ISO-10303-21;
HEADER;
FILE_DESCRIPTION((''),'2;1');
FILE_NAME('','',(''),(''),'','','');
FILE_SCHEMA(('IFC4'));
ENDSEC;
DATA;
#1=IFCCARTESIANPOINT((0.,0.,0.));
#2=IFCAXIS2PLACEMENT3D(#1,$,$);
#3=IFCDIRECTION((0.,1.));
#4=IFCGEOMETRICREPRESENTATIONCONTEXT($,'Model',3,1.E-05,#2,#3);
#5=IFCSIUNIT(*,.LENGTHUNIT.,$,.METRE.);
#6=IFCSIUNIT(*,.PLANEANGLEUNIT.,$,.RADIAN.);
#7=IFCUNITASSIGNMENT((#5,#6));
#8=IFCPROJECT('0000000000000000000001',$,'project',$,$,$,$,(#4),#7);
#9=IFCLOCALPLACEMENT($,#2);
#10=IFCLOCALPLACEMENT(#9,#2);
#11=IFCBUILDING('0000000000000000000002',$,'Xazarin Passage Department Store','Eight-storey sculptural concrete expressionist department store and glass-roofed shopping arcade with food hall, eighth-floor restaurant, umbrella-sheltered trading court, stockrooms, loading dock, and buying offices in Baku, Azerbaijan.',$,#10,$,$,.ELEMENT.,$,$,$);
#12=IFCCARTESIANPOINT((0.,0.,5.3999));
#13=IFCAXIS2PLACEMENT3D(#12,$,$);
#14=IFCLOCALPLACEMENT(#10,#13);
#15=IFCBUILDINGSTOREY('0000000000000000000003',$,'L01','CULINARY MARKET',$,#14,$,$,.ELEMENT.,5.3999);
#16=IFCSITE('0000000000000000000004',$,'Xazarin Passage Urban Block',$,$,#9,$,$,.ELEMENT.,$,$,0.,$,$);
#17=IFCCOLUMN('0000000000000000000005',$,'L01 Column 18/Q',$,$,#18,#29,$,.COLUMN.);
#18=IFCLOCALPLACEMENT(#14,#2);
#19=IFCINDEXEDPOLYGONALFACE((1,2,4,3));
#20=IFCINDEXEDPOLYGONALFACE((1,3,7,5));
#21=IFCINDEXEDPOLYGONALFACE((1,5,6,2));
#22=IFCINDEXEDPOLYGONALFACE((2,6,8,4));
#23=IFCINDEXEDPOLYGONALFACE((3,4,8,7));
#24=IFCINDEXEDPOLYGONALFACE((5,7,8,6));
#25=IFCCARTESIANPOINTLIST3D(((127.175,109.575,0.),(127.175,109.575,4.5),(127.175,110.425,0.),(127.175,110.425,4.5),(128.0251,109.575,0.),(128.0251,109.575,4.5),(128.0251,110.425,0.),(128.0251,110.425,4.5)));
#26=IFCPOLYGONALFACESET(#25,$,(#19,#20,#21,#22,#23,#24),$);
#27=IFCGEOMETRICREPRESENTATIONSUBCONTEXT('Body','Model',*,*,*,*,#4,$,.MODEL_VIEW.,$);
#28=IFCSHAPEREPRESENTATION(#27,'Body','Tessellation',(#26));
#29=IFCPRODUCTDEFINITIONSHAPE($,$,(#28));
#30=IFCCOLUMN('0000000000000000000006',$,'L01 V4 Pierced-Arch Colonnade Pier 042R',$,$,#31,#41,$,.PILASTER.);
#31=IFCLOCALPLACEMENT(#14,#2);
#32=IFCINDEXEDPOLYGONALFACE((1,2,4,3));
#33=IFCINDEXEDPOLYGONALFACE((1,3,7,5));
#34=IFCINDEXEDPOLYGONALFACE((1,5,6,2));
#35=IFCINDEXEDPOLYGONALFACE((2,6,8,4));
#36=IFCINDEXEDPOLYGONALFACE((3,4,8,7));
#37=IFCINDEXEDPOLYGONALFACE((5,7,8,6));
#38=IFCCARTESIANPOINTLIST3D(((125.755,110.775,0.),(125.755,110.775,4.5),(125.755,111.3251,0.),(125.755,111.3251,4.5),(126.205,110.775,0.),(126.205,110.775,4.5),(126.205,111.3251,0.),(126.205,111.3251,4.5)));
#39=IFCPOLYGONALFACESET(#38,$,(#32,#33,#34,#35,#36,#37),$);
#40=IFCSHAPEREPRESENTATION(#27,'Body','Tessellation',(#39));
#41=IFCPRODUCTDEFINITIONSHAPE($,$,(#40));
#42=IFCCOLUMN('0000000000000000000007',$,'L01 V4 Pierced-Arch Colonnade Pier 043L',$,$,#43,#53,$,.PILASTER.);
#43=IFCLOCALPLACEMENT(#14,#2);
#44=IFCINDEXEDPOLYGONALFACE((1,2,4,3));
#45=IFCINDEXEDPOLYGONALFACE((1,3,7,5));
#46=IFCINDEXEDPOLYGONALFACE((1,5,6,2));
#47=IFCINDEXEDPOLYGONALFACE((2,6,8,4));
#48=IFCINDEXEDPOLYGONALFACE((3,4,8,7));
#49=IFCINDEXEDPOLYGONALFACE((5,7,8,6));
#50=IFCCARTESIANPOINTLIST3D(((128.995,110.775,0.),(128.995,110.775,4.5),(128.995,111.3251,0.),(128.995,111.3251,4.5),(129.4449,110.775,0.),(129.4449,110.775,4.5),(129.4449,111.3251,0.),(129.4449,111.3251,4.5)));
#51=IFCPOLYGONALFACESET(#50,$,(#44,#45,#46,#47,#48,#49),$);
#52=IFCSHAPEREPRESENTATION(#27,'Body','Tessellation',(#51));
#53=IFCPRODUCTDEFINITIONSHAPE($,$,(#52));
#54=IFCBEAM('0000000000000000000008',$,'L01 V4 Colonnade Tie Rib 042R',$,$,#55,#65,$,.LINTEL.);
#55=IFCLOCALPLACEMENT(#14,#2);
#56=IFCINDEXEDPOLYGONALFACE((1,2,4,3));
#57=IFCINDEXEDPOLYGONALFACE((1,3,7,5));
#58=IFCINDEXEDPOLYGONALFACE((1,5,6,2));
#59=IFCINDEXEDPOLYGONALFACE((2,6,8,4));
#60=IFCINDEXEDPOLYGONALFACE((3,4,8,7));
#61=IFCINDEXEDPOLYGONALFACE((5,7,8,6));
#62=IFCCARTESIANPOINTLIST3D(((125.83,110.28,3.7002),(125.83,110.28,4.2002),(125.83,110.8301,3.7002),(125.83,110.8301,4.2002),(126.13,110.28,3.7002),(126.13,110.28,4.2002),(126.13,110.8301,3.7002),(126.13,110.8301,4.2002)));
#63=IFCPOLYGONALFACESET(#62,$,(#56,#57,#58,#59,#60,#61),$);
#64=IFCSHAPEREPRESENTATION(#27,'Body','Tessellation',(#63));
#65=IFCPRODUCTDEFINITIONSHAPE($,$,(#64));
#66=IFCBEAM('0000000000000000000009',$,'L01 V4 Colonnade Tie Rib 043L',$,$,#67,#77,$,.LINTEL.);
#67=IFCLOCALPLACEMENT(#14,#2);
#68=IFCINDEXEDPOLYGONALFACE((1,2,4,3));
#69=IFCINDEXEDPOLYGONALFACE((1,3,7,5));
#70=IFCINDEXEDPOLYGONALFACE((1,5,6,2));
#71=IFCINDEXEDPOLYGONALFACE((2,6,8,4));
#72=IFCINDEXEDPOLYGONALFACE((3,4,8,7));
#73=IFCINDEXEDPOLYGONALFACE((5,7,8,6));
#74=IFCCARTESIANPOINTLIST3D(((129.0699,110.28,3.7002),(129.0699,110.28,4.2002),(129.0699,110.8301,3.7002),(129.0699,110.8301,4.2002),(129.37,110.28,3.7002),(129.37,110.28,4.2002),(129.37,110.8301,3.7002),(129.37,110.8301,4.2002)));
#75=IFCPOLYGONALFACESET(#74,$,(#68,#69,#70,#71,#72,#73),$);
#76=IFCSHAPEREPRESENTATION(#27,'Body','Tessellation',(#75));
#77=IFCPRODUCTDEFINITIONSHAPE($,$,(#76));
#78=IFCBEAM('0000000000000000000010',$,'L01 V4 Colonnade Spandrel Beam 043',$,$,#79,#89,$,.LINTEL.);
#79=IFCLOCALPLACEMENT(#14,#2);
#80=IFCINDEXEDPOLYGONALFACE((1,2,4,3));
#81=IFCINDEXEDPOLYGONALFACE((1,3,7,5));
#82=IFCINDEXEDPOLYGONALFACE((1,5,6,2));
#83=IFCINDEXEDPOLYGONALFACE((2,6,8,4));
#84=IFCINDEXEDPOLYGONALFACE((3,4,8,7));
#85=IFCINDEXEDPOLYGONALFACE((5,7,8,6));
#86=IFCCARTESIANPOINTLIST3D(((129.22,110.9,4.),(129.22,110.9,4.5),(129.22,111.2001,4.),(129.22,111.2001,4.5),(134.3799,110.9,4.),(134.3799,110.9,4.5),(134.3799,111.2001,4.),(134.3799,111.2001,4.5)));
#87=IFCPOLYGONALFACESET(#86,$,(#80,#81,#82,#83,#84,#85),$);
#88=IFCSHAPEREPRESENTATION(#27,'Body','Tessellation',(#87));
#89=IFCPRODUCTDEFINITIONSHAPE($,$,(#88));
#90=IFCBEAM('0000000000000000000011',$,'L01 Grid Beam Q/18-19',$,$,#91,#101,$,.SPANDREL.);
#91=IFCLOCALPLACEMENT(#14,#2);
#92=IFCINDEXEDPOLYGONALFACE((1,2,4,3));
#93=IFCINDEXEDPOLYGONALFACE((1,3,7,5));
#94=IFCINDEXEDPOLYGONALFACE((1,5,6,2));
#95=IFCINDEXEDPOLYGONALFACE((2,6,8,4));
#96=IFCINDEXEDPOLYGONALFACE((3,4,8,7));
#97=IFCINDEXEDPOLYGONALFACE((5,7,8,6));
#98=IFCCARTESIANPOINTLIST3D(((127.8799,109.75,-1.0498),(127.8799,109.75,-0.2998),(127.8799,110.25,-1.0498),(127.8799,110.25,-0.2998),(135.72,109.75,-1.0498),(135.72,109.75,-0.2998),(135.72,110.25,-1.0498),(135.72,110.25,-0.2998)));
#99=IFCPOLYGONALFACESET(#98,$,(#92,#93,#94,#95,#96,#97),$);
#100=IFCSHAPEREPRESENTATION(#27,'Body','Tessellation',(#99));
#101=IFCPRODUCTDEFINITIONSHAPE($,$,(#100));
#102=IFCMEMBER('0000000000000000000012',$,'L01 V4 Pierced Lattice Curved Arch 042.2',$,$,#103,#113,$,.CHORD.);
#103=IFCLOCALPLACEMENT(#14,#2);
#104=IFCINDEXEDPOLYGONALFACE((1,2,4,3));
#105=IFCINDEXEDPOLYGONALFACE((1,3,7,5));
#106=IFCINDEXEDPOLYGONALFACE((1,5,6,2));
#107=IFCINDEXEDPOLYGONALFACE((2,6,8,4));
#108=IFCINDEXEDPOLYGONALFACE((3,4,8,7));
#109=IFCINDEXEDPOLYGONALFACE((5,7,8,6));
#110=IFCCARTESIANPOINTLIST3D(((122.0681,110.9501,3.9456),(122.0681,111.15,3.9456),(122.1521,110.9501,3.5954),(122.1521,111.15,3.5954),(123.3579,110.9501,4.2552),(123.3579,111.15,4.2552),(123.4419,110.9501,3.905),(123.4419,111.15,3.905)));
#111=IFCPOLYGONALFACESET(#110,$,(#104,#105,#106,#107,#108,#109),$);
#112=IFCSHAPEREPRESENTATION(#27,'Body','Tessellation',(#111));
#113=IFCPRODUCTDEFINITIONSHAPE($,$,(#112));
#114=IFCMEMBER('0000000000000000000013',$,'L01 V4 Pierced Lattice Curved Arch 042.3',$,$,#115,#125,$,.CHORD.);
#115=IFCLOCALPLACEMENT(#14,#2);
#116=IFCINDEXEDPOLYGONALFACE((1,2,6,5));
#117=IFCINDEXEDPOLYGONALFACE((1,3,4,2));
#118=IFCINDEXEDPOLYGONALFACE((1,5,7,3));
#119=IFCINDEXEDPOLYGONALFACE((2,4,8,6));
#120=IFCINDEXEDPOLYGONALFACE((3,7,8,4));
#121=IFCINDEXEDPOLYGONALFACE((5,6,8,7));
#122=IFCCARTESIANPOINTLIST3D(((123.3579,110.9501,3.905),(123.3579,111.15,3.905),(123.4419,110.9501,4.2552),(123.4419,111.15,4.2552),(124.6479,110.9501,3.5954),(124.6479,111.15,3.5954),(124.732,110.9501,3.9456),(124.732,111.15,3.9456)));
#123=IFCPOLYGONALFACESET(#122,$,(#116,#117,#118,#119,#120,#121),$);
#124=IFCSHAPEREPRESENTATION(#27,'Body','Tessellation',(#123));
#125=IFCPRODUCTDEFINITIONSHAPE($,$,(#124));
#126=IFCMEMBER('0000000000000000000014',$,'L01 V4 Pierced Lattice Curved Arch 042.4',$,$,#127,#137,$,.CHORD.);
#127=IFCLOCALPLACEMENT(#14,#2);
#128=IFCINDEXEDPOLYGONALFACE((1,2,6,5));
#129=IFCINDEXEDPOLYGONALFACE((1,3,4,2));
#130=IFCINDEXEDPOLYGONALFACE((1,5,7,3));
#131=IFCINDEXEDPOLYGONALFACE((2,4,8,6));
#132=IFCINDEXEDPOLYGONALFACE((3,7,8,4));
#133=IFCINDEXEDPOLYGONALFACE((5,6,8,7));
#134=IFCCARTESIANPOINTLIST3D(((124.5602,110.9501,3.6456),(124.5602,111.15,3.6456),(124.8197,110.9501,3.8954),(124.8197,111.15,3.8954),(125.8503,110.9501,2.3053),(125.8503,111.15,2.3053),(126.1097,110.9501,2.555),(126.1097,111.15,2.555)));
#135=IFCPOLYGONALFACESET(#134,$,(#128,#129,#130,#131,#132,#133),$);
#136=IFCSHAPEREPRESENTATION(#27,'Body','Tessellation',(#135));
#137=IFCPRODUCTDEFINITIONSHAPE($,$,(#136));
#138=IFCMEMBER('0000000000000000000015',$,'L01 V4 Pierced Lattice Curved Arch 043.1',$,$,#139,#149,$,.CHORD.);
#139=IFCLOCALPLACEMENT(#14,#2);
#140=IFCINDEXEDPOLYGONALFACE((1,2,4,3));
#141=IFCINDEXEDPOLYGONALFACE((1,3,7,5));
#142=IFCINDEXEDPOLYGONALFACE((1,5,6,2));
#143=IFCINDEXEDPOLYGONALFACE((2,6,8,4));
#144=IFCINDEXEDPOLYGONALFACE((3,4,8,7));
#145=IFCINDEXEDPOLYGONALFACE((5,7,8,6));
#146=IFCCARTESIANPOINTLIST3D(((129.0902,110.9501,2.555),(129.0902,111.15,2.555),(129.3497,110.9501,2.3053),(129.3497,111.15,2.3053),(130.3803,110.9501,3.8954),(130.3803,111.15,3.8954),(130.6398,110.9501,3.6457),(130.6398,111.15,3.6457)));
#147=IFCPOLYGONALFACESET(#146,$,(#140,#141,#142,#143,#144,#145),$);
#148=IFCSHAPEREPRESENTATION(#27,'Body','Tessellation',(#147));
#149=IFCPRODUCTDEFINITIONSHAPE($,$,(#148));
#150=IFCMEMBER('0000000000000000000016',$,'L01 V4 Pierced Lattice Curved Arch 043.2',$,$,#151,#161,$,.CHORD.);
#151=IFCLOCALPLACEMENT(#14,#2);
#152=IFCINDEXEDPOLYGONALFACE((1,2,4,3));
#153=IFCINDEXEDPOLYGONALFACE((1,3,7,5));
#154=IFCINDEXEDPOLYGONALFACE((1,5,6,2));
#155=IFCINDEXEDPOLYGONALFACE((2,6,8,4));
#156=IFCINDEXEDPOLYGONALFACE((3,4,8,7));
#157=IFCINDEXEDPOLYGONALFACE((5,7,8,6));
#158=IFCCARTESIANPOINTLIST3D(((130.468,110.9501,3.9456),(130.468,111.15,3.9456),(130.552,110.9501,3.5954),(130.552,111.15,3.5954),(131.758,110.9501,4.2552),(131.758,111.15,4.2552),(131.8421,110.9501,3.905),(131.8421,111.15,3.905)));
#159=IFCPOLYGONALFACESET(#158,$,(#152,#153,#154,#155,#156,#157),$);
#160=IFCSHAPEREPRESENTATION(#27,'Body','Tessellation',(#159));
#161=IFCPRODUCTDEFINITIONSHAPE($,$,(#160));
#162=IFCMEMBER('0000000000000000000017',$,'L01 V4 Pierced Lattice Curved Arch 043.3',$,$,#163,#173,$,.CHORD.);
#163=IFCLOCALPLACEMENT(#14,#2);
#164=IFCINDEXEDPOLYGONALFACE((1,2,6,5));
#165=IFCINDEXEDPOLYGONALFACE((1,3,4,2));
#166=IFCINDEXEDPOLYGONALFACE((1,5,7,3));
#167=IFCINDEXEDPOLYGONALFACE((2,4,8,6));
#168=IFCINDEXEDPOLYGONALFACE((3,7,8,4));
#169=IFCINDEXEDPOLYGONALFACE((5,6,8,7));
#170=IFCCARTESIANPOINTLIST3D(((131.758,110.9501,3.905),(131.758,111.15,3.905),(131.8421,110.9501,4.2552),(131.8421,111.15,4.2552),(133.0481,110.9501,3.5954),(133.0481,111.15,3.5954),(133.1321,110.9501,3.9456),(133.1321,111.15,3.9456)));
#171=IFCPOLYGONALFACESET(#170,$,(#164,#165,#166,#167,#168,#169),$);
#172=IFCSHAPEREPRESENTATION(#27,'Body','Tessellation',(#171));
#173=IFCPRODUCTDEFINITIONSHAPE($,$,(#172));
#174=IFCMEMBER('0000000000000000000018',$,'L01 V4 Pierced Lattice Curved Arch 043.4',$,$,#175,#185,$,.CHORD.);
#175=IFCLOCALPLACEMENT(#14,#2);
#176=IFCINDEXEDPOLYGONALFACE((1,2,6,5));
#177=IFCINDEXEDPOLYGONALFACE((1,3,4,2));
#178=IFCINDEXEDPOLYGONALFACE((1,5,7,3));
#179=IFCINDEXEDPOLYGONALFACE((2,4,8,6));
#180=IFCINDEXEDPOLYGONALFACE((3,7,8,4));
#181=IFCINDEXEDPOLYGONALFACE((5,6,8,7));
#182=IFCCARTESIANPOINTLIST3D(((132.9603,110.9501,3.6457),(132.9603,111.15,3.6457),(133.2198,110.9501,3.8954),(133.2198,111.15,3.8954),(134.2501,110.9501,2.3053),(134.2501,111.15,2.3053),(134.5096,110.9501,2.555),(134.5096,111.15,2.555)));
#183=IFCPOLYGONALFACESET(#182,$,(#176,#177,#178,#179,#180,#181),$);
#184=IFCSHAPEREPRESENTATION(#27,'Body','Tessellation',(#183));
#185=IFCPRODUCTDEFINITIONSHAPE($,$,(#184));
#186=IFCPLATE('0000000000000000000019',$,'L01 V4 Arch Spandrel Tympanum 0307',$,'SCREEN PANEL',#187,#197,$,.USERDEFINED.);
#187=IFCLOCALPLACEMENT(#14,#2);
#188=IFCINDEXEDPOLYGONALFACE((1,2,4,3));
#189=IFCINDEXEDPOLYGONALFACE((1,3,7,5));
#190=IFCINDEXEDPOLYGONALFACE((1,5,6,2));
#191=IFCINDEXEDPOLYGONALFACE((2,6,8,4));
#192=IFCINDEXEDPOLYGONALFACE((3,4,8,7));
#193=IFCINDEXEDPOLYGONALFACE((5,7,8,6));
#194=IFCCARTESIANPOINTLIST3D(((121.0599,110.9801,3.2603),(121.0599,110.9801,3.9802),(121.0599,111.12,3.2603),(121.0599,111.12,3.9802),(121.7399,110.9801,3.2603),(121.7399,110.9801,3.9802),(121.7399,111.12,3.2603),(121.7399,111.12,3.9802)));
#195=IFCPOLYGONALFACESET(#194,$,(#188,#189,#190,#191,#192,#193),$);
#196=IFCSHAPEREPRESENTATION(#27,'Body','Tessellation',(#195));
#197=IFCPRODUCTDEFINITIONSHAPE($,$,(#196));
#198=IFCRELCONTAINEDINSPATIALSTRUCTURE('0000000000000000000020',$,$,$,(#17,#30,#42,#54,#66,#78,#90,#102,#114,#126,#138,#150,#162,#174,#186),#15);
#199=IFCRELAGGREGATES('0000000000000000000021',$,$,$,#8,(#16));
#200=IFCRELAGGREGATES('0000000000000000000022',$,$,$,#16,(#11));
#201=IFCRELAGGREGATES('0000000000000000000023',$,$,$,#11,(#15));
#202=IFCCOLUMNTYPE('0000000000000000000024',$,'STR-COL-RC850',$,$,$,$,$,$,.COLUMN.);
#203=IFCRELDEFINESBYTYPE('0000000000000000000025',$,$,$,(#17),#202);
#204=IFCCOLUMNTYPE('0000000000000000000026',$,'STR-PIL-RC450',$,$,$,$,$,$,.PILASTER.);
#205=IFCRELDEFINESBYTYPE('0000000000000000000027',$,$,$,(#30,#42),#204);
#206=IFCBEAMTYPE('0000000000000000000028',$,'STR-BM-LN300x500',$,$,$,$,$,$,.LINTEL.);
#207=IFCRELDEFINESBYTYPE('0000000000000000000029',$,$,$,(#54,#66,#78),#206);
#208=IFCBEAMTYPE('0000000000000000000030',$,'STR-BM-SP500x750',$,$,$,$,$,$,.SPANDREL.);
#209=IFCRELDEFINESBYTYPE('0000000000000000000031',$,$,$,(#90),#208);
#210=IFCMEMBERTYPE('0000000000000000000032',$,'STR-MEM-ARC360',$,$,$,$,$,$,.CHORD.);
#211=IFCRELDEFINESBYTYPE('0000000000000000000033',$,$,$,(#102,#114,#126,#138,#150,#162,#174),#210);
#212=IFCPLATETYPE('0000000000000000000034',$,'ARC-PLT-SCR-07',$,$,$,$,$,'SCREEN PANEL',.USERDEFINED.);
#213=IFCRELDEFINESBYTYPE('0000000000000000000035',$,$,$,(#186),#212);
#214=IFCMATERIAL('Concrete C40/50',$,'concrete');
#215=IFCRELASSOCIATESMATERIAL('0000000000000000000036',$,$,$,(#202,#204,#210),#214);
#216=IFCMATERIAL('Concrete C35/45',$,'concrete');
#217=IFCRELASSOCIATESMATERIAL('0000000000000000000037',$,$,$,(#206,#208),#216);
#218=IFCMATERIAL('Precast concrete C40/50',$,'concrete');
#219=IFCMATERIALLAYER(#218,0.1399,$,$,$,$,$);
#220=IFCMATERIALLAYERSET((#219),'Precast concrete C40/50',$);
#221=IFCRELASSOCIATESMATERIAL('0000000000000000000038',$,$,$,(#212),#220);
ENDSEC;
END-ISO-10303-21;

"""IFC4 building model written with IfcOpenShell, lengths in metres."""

from ifc_helpers import new_model, si_unit, direction, frame, origin, origin_2d, place, context, subcontext, project, spatial, rectangle, extrude, material, layer, layer_set, material_profile, profile_set, type_object, element, save


model = new_model("IFC4")

# Units and contexts
model_context = context("Model", 3, precision=1e-05, world=origin(), true_north=direction((0.0, 1.0)))
body_context = subcontext(model_context, "Body", "Model", "MODEL_VIEW")
ifc_project = project(units=[si_unit("LENGTHUNIT", "METRE"), si_unit("PLANEANGLEUNIT", "RADIAN")], contexts=[model_context])

# Site, building, storey
site_placement = place(None, origin())
site = spatial("IfcSite", under=ifc_project, at=site_placement, Name="Xazarin Passage Urban Block", CompositionType="ELEMENT", RefElevation=0.0)
building_placement = place(site_placement, origin())
building = spatial("IfcBuilding", under=site, at=building_placement, Name="Xazarin Passage Department Store", Description="Eight-storey sculptural concrete expressionist department store and glass-roofed shopping arcade with food hall, eighth-floor restaurant, umbrella-sheltered trading court, stockrooms, loading dock, and buying offices in Baku, Azerbaijan.", CompositionType="ELEMENT")
storey_placement = place(building_placement, frame((0.0, 0.0, 5.3999)))
storey = spatial("IfcBuildingStorey", under=building, at=storey_placement, Name="L01", Description="CULINARY MARKET", CompositionType="ELEMENT", Elevation=5.3999)

# Columns
ifc_material_1 = material(Name="Concrete C40/50", Category="concrete")
ifc_material_profile_1 = material_profile(ifc_material_1, rectangle(XDim=0.8501, YDim=0.8501, at=origin_2d()), Name="RC 850x850")
ifc_profile_set_1 = profile_set([ifc_material_profile_1], Name="Concrete C40/50")
column_type_1 = type_object("IfcColumnType", Name="STR-COL-RC850", PredefinedType="COLUMN", material=ifc_profile_set_1)
column_placement = place(storey_placement, frame((127.6001, 110.0, 0.0), z_axis=(0.0, 0.0, 1.0), x_axis=(1.0, 0.0, 0.0)))
element("IfcColumn", 1, at=column_placement, inside=storey, type_object=column_type_1, Name="L01 Column 18/Q", PredefinedType="COLUMN", context=body_context, shape_type="SweptSolid", body=[
    extrude(rectangle(XDim=0.8501, YDim=0.8501, at=origin_2d()), origin(), (0.0, 0.0, 1.0), 4.5),
])
ifc_material_profile_2 = material_profile(ifc_material_1, rectangle(XDim=0.45, YDim=0.55, at=origin_2d()), Name="RC 450x550")
ifc_profile_set_2 = profile_set([ifc_material_profile_2], Name="Concrete C40/50")
column_type_2 = type_object("IfcColumnType", Name="STR-PIL-RC450", PredefinedType="PILASTER", material=ifc_profile_set_2)
for number, where, z_axis, x_axis, name in (
    (2, (125.98, 111.05, 0.0), (0.0, 0.0, 1.0), (1.0, 0.0, 0.0), "L01 V4 Pierced-Arch Colonnade Pier 042R"),
    (3, (129.22, 111.05, 0.0), (0.0, 0.0, 1.0), (1.0, 0.0, 0.0), "L01 V4 Pierced-Arch Colonnade Pier 043L"),
):
    element("IfcColumn", number, at=place(storey_placement, frame(where, z_axis=z_axis, x_axis=x_axis)), inside=storey, type_object=column_type_2, Name=name, PredefinedType="PILASTER", context=body_context, shape_type="SweptSolid", body=[
        extrude(rectangle(XDim=0.45, YDim=0.55, at=origin_2d()), origin(), (0.0, 0.0, 1.0), 4.5),
    ])

# Beams
ifc_material_2 = material(Name="Concrete C35/45", Category="concrete")
ifc_material_profile_3 = material_profile(ifc_material_2, rectangle(XDim=0.3, YDim=0.5, at=origin_2d()), Name="RC 300x500")
ifc_profile_set_3 = profile_set([ifc_material_profile_3], Name="Concrete C35/45")
beam_type_1 = type_object("IfcBeamType", Name="STR-BM-LN300x500", PredefinedType="LINTEL", material=ifc_profile_set_3)
for number, where, z_axis, x_axis, name in (
    (4, (125.98, 110.28, 3.9502), (0.0, 1.0, 0.0), (-1.0, 0.0, 0.0), "L01 V4 Colonnade Tie Rib 042R"),
    (5, (129.22, 110.28, 3.9502), (0.0, 1.0, 0.0), (-1.0, 0.0, 0.0), "L01 V4 Colonnade Tie Rib 043L"),
):
    element("IfcBeam", number, at=place(storey_placement, frame(where, z_axis=z_axis, x_axis=x_axis)), inside=storey, type_object=beam_type_1, Name=name, PredefinedType="LINTEL", context=body_context, shape_type="SweptSolid", body=[
        extrude(rectangle(XDim=0.3, YDim=0.5, at=origin_2d()), origin(), (0.0, 0.0, 1.0), 0.55),
    ])
beam_1_placement = place(storey_placement, frame((129.22, 111.05, 4.25), z_axis=(1.0, 0.0, 0.0), x_axis=(0.0, 1.0, 0.0)))
element("IfcBeam", 6, at=beam_1_placement, inside=storey, type_object=beam_type_1, Name="L01 V4 Colonnade Spandrel Beam 043", PredefinedType="LINTEL", context=body_context, shape_type="SweptSolid", body=[
    extrude(rectangle(XDim=0.3, YDim=0.5, at=origin_2d()), origin(), (0.0, 0.0, 1.0), 5.1599),
])
ifc_material_profile_4 = material_profile(ifc_material_2, rectangle(XDim=0.5, YDim=0.75, at=origin_2d()), Name="RC 500x750")
ifc_profile_set_4 = profile_set([ifc_material_profile_4], Name="Concrete C35/45")
beam_type_2 = type_object("IfcBeamType", Name="STR-BM-SP500x750", PredefinedType="SPANDREL", material=ifc_profile_set_4)
beam_2_placement = place(storey_placement, frame((127.8799, 110.0, -0.6748), z_axis=(1.0, 0.0, 0.0), x_axis=(0.0, 1.0, 0.0)))
element("IfcBeam", 7, at=beam_2_placement, inside=storey, type_object=beam_type_2, Name="L01 Grid Beam Q/18-19", PredefinedType="SPANDREL", context=body_context, shape_type="SweptSolid", body=[
    extrude(rectangle(XDim=0.5, YDim=0.75, at=origin_2d()), origin(), (0.0, 0.0, 1.0), 7.8401),
])

# Members
ifc_material_profile_5 = material_profile(ifc_material_1, rectangle(XDim=0.2, YDim=0.3601, at=origin_2d()), Name="RC 200x360")
ifc_profile_set_5 = profile_set([ifc_material_profile_5], Name="Concrete C40/50")
member_type = type_object("IfcMemberType", Name="STR-MEM-ARC360", PredefinedType="CHORD", material=ifc_profile_set_5)
member_1_placement = place(storey_placement, frame((122.1101, 111.05, 3.7705), z_axis=(0.972384, 0.0, 0.233387), x_axis=(0.0, 1.0, 0.0)))
element("IfcMember", 8, at=member_1_placement, inside=storey, type_object=member_type, Name="L01 V4 Pierced Lattice Curved Arch 042.2", PredefinedType="CHORD", context=body_context, shape_type="SweptSolid", body=[
    extrude(rectangle(XDim=0.2, YDim=0.3601, at=origin_2d()), origin(), (0.0, 0.0, 1.0), 1.3264),
])
member_2_placement = place(storey_placement, frame((123.3999, 111.05, 4.0801), z_axis=(0.972394, 0.0, -0.233345), x_axis=(0.0, 1.0, 0.0)))
element("IfcMember", 9, at=member_2_placement, inside=storey, type_object=member_type, Name="L01 V4 Pierced Lattice Curved Arch 042.3", PredefinedType="CHORD", context=body_context, shape_type="SweptSolid", body=[
    extrude(rectangle(XDim=0.2, YDim=0.3601, at=origin_2d()), origin(), (0.0, 0.0, 1.0), 1.3267),
])
for number, where, z_axis, x_axis, name in (
    (10, (124.6899, 111.05, 3.7705), (0.69346, 0.0, -0.720495), (0.0, 1.0, 0.0), "L01 V4 Pierced Lattice Curved Arch 042.4"),
    (11, (129.22, 111.05, 2.4302), (0.69346, 0.0, 0.720495), (0.0, 1.0, 0.0), "L01 V4 Pierced Lattice Curved Arch 043.1"),
):
    element("IfcMember", number, at=place(storey_placement, frame(where, z_axis=z_axis, x_axis=x_axis)), inside=storey, type_object=member_type, Name=name, PredefinedType="CHORD", context=body_context, shape_type="SweptSolid", body=[
        extrude(rectangle(XDim=0.2, YDim=0.3601, at=origin_2d()), origin(), (0.0, 0.0, 1.0), 1.8604),
    ])
for number, where, z_axis, x_axis, name in (
    (12, (130.51, 111.05, 3.7705), (0.972394, 0.0, 0.233345), (0.0, 1.0, 0.0), "L01 V4 Pierced Lattice Curved Arch 043.2"),
    (13, (131.8, 111.05, 4.0801), (0.972394, 0.0, -0.233345), (0.0, 1.0, 0.0), "L01 V4 Pierced Lattice Curved Arch 043.3"),
):
    element("IfcMember", number, at=place(storey_placement, frame(where, z_axis=z_axis, x_axis=x_axis)), inside=storey, type_object=member_type, Name=name, PredefinedType="CHORD", context=body_context, shape_type="SweptSolid", body=[
        extrude(rectangle(XDim=0.2, YDim=0.3601, at=origin_2d()), origin(), (0.0, 0.0, 1.0), 1.3267),
    ])
member_3_placement = place(storey_placement, frame((133.0901, 111.05, 3.7705), z_axis=(0.693392, 0.0, -0.720561), x_axis=(0.0, 1.0, 0.0)))
element("IfcMember", 14, at=member_3_placement, inside=storey, type_object=member_type, Name="L01 V4 Pierced Lattice Curved Arch 043.4", PredefinedType="CHORD", context=body_context, shape_type="SweptSolid", body=[
    extrude(rectangle(XDim=0.2, YDim=0.3601, at=origin_2d()), origin(), (0.0, 0.0, 1.0), 1.8601),
])

# Plate
ifc_material_3 = material(Name="Precast concrete C40/50", Category="concrete")
ifc_layer_1 = layer(ifc_material_3, 0.1399)
ifc_layer_set_1 = layer_set([ifc_layer_1], Name="Precast concrete C40/50")
plate_type_1 = type_object("IfcPlateType", Name="ARC-PLT-SCR-07", ElementType="SCREEN PANEL", PredefinedType="USERDEFINED", material=ifc_layer_set_1)
for number, where, z_axis, x_axis, name in (
    (15, (121.3999, 111.05, 3.2603), (0.0, 0.0, 1.0), (1.0, 0.0, 0.0), "L01 V4 Arch Spandrel Tympanum 0307"),
):
    element("IfcPlate", number, at=place(storey_placement, frame(where, z_axis=z_axis, x_axis=x_axis)), inside=storey, type_object=plate_type_1, Name=name, ObjectType="SCREEN PANEL", PredefinedType="USERDEFINED", context=body_context, shape_type="SweptSolid", body=[
        extrude(rectangle(XDim=0.6799, YDim=0.1399, at=origin_2d()), origin(), (0.0, 0.0, 1.0), 0.72),
    ])

save(model, "model.ifc")
